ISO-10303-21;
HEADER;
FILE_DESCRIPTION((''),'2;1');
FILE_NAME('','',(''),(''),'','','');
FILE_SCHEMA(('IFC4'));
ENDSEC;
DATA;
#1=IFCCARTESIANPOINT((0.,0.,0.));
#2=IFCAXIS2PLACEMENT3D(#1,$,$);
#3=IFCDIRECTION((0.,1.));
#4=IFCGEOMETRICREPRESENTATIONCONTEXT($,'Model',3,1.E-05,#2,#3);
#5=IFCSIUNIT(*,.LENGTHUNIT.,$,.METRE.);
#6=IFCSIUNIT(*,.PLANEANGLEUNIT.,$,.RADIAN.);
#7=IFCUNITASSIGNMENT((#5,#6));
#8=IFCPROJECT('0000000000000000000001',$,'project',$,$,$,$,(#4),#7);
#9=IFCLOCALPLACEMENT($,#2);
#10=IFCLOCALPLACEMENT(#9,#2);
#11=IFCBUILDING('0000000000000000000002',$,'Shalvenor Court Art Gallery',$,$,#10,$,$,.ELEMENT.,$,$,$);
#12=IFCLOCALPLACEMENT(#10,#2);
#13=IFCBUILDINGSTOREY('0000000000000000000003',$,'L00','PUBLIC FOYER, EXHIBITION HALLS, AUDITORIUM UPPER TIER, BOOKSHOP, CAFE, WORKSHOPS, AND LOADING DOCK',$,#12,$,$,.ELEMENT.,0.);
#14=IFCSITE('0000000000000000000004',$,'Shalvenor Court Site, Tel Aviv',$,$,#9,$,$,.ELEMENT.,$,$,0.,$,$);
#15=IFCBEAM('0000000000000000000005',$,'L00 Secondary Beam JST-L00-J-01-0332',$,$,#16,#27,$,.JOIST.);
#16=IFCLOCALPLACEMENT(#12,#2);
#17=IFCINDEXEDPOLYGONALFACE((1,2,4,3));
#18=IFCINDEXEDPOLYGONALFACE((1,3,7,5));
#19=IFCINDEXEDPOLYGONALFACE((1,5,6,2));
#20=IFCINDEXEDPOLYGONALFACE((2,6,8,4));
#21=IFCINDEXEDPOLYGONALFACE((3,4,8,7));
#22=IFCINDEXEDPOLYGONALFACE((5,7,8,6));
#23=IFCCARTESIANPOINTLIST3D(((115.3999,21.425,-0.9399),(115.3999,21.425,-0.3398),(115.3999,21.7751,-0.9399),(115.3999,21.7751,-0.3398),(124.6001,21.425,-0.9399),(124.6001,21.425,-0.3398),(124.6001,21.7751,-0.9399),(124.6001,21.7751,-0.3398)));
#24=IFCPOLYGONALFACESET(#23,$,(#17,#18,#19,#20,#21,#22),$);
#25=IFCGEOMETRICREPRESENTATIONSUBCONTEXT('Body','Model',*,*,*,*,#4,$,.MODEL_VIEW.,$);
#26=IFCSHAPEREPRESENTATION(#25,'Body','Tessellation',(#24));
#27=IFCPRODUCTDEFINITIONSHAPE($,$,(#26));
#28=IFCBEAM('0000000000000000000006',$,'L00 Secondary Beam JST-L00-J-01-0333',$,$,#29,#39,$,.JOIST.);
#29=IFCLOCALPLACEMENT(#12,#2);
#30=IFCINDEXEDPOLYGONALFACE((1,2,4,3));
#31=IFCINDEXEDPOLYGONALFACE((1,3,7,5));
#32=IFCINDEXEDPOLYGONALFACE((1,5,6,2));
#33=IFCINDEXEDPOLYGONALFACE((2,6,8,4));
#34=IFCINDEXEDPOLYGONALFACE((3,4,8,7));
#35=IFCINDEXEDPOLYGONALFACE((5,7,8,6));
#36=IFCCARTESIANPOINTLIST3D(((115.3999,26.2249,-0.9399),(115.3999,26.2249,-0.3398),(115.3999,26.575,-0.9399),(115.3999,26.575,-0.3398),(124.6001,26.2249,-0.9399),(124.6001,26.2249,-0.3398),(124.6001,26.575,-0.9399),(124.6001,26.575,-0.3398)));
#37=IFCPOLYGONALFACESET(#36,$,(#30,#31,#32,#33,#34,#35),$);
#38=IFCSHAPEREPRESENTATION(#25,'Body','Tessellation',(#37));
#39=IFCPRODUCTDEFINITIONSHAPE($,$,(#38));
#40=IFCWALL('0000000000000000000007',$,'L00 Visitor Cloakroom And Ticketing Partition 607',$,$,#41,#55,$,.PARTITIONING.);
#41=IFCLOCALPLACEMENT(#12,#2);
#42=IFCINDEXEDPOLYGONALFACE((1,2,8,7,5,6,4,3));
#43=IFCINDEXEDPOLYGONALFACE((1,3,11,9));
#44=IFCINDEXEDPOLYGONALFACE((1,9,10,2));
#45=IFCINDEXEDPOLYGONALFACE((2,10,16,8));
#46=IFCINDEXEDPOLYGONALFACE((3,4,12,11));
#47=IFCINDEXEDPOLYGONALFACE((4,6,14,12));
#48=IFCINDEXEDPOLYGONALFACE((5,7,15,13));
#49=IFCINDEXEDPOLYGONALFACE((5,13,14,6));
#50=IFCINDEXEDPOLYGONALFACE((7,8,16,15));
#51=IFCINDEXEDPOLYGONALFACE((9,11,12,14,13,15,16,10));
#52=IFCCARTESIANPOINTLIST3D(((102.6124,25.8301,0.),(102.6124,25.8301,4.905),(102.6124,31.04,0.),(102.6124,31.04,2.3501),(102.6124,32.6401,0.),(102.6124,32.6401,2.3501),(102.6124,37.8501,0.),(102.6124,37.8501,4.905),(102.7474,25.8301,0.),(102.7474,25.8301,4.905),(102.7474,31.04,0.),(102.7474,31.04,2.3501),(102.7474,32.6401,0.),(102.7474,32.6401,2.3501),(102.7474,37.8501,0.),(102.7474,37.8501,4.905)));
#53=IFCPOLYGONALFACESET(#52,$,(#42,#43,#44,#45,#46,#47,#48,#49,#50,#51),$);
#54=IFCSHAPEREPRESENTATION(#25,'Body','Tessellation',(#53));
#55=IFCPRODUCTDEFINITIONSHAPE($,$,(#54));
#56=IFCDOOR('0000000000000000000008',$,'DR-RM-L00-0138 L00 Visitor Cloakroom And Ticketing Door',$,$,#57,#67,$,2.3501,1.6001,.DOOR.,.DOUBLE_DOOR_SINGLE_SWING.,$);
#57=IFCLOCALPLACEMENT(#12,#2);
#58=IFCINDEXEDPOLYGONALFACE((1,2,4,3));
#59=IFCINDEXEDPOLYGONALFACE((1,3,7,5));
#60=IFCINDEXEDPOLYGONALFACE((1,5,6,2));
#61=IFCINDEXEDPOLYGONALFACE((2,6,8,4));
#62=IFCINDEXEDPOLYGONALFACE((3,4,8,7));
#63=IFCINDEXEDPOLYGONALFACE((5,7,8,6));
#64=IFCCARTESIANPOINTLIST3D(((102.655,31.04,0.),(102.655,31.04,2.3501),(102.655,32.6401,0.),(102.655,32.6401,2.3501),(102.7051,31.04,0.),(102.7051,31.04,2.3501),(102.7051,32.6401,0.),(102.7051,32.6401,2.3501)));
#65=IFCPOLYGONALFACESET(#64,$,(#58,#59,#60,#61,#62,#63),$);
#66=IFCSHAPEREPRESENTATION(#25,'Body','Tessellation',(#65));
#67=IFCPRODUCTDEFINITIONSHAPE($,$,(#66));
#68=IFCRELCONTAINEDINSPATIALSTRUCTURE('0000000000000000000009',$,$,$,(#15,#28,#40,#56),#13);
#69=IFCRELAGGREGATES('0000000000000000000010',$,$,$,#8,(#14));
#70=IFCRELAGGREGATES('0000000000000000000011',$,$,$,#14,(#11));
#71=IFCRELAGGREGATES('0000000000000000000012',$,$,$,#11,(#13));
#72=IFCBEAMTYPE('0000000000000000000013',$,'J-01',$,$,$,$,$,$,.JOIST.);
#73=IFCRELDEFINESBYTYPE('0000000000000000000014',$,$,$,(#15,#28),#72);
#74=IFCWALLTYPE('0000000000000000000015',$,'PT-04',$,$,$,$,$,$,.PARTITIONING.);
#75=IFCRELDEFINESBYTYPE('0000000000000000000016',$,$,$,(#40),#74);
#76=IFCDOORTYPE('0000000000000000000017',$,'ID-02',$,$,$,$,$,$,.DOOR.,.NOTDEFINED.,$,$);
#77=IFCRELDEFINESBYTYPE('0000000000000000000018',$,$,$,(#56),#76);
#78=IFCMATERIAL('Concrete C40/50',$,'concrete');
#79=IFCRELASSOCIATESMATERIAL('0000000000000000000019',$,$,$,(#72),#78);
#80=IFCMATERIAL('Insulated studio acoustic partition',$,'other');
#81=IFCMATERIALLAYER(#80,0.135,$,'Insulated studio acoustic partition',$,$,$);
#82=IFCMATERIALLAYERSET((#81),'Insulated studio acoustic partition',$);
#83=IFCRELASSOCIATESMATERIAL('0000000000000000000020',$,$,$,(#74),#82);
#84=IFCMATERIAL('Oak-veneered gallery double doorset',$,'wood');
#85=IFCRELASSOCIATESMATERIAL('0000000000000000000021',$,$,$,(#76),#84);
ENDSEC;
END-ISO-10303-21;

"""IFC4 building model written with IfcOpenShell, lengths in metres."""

from ifc_helpers import new_model, si_unit, direction, frame, frame_2d, origin, origin_2d, place, context, subcontext, project, spatial, rectangle, extrude, material, layer, layer_set, material_profile, profile_set, type_object, element, fill, save


model = new_model("IFC4")

# Units and contexts
model_context = context("Model", 3, precision=1e-05, world=origin(), true_north=direction((0.0, 1.0)))
body_context = subcontext(model_context, "Body", "Model", "MODEL_VIEW")
ifc_project = project(units=[si_unit("LENGTHUNIT", "METRE"), si_unit("PLANEANGLEUNIT", "RADIAN")], contexts=[model_context])

# Site, building, storey
site_placement = place(None, origin())
site = spatial("IfcSite", under=ifc_project, at=site_placement, Name="Shalvenor Court Site, Tel Aviv", CompositionType="ELEMENT", RefElevation=0.0)
building_placement = place(site_placement, origin())
building = spatial("IfcBuilding", under=site, at=building_placement, Name="Shalvenor Court Art Gallery", CompositionType="ELEMENT")
storey_placement = place(building_placement, origin())
storey = spatial("IfcBuildingStorey", under=building, at=storey_placement, Name="L00", Description="PUBLIC FOYER, EXHIBITION HALLS, AUDITORIUM UPPER TIER, BOOKSHOP, CAFE, WORKSHOPS, AND LOADING DOCK", CompositionType="ELEMENT", Elevation=0.0)

# Beams
ifc_material_1 = material(Name="Concrete C40/50", Category="concrete")
ifc_material_profile_1 = material_profile(ifc_material_1, rectangle(XDim=0.3501, YDim=0.6001, at=origin_2d()), Name="RC 350x600")
ifc_profile_set_1 = profile_set([ifc_material_profile_1], Name="Concrete C40/50")
beam_type_1 = type_object("IfcBeamType", Name="J-01", PredefinedType="JOIST", material=ifc_profile_set_1)
for number, where, z_axis, x_axis, name in (
    (1, (115.3999, 21.6001, -0.6399), (1.0, 0.0, 0.0), (0.0, 1.0, 0.0), "L00 Secondary Beam JST-L00-J-01-0332"),
    (2, (115.3999, 26.3999, -0.6399), (1.0, 0.0, 0.0), (0.0, 1.0, 0.0), "L00 Secondary Beam JST-L00-J-01-0333"),
):
    element("IfcBeam", number, at=place(storey_placement, frame(where, z_axis=z_axis, x_axis=x_axis)), inside=storey, type_object=beam_type_1, Name=name, PredefinedType="JOIST", context=body_context, shape_type="SweptSolid", body=[
        extrude(rectangle(XDim=0.3501, YDim=0.6001, at=origin_2d()), origin(), (0.0, 0.0, 1.0), 9.2002),
    ])

# Wall, opening, door
ifc_material_2 = material(Name="Insulated studio acoustic partition", Category="other")
ifc_layer = layer(ifc_material_2, 0.135, Name="Insulated studio acoustic partition")
ifc_layer_set = layer_set([ifc_layer], Name="Insulated studio acoustic partition")
wall_type = type_object("IfcWallType", Name="PT-04", PredefinedType="PARTITIONING", material=ifc_layer_set)
wall_placement = place(storey_placement, frame((102.6799, 25.8301, 0.0), z_axis=(0.0, 0.0, 1.0), x_axis=(0.0, 1.0, 0.0)))
wall = element("IfcWall", 3, at=wall_placement, inside=storey, type_object=wall_type, Name="L00 Visitor Cloakroom And Ticketing Partition 607", PredefinedType="PARTITIONING", context=body_context, shape_type="SweptSolid", body=[
    extrude(rectangle(XDim=12.02, YDim=0.135, at=frame_2d((6.01, 0.0))), origin(), (0.0, 0.0, 1.0), 4.905),
])
opening_placement = place(wall_placement, frame((5.21, 0.0, 0.0)))
opening = element("IfcOpeningElement", 4, at=opening_placement, cuts=wall, PredefinedType="OPENING", context=body_context, shape_type="SweptSolid", body=[
    extrude(rectangle(XDim=1.6001, YDim=2.3501, at=frame_2d((0.8, 1.175))), frame((0.0, 0.0774, 0.0), z_axis=(0.0, -1.0, 0.0), x_axis=(1.0, 0.0, 0.0)), (0.0, 0.0, 1.0), 0.155),
])
ifc_material_3 = material(Name="Oak-veneered gallery double doorset", Category="wood")
door_type = type_object("IfcDoorType", Name="ID-02", OperationType="NOTDEFINED", PredefinedType="DOOR", material=ifc_material_3)
door_placement = place(opening_placement, origin())
door = element("IfcDoor", 5, at=door_placement, inside=storey, type_object=door_type, Name="DR-RM-L00-0138 L00 Visitor Cloakroom And Ticketing Door", OperationType="DOUBLE_DOOR_SINGLE_SWING", OverallHeight=2.3501, OverallWidth=1.6001, PredefinedType="DOOR", context=body_context, shape_type="SweptSolid", body=[
    extrude(rectangle(XDim=1.6001, YDim=2.3501, at=frame_2d((0.8, 1.175))), frame((0.0, 0.0249, 0.0), z_axis=(0.0, -1.0, 0.0), x_axis=(1.0, 0.0, 0.0)), (0.0, 0.0, 1.0), 0.05),
])
fill(opening, door)

save(model, "model.ifc")
